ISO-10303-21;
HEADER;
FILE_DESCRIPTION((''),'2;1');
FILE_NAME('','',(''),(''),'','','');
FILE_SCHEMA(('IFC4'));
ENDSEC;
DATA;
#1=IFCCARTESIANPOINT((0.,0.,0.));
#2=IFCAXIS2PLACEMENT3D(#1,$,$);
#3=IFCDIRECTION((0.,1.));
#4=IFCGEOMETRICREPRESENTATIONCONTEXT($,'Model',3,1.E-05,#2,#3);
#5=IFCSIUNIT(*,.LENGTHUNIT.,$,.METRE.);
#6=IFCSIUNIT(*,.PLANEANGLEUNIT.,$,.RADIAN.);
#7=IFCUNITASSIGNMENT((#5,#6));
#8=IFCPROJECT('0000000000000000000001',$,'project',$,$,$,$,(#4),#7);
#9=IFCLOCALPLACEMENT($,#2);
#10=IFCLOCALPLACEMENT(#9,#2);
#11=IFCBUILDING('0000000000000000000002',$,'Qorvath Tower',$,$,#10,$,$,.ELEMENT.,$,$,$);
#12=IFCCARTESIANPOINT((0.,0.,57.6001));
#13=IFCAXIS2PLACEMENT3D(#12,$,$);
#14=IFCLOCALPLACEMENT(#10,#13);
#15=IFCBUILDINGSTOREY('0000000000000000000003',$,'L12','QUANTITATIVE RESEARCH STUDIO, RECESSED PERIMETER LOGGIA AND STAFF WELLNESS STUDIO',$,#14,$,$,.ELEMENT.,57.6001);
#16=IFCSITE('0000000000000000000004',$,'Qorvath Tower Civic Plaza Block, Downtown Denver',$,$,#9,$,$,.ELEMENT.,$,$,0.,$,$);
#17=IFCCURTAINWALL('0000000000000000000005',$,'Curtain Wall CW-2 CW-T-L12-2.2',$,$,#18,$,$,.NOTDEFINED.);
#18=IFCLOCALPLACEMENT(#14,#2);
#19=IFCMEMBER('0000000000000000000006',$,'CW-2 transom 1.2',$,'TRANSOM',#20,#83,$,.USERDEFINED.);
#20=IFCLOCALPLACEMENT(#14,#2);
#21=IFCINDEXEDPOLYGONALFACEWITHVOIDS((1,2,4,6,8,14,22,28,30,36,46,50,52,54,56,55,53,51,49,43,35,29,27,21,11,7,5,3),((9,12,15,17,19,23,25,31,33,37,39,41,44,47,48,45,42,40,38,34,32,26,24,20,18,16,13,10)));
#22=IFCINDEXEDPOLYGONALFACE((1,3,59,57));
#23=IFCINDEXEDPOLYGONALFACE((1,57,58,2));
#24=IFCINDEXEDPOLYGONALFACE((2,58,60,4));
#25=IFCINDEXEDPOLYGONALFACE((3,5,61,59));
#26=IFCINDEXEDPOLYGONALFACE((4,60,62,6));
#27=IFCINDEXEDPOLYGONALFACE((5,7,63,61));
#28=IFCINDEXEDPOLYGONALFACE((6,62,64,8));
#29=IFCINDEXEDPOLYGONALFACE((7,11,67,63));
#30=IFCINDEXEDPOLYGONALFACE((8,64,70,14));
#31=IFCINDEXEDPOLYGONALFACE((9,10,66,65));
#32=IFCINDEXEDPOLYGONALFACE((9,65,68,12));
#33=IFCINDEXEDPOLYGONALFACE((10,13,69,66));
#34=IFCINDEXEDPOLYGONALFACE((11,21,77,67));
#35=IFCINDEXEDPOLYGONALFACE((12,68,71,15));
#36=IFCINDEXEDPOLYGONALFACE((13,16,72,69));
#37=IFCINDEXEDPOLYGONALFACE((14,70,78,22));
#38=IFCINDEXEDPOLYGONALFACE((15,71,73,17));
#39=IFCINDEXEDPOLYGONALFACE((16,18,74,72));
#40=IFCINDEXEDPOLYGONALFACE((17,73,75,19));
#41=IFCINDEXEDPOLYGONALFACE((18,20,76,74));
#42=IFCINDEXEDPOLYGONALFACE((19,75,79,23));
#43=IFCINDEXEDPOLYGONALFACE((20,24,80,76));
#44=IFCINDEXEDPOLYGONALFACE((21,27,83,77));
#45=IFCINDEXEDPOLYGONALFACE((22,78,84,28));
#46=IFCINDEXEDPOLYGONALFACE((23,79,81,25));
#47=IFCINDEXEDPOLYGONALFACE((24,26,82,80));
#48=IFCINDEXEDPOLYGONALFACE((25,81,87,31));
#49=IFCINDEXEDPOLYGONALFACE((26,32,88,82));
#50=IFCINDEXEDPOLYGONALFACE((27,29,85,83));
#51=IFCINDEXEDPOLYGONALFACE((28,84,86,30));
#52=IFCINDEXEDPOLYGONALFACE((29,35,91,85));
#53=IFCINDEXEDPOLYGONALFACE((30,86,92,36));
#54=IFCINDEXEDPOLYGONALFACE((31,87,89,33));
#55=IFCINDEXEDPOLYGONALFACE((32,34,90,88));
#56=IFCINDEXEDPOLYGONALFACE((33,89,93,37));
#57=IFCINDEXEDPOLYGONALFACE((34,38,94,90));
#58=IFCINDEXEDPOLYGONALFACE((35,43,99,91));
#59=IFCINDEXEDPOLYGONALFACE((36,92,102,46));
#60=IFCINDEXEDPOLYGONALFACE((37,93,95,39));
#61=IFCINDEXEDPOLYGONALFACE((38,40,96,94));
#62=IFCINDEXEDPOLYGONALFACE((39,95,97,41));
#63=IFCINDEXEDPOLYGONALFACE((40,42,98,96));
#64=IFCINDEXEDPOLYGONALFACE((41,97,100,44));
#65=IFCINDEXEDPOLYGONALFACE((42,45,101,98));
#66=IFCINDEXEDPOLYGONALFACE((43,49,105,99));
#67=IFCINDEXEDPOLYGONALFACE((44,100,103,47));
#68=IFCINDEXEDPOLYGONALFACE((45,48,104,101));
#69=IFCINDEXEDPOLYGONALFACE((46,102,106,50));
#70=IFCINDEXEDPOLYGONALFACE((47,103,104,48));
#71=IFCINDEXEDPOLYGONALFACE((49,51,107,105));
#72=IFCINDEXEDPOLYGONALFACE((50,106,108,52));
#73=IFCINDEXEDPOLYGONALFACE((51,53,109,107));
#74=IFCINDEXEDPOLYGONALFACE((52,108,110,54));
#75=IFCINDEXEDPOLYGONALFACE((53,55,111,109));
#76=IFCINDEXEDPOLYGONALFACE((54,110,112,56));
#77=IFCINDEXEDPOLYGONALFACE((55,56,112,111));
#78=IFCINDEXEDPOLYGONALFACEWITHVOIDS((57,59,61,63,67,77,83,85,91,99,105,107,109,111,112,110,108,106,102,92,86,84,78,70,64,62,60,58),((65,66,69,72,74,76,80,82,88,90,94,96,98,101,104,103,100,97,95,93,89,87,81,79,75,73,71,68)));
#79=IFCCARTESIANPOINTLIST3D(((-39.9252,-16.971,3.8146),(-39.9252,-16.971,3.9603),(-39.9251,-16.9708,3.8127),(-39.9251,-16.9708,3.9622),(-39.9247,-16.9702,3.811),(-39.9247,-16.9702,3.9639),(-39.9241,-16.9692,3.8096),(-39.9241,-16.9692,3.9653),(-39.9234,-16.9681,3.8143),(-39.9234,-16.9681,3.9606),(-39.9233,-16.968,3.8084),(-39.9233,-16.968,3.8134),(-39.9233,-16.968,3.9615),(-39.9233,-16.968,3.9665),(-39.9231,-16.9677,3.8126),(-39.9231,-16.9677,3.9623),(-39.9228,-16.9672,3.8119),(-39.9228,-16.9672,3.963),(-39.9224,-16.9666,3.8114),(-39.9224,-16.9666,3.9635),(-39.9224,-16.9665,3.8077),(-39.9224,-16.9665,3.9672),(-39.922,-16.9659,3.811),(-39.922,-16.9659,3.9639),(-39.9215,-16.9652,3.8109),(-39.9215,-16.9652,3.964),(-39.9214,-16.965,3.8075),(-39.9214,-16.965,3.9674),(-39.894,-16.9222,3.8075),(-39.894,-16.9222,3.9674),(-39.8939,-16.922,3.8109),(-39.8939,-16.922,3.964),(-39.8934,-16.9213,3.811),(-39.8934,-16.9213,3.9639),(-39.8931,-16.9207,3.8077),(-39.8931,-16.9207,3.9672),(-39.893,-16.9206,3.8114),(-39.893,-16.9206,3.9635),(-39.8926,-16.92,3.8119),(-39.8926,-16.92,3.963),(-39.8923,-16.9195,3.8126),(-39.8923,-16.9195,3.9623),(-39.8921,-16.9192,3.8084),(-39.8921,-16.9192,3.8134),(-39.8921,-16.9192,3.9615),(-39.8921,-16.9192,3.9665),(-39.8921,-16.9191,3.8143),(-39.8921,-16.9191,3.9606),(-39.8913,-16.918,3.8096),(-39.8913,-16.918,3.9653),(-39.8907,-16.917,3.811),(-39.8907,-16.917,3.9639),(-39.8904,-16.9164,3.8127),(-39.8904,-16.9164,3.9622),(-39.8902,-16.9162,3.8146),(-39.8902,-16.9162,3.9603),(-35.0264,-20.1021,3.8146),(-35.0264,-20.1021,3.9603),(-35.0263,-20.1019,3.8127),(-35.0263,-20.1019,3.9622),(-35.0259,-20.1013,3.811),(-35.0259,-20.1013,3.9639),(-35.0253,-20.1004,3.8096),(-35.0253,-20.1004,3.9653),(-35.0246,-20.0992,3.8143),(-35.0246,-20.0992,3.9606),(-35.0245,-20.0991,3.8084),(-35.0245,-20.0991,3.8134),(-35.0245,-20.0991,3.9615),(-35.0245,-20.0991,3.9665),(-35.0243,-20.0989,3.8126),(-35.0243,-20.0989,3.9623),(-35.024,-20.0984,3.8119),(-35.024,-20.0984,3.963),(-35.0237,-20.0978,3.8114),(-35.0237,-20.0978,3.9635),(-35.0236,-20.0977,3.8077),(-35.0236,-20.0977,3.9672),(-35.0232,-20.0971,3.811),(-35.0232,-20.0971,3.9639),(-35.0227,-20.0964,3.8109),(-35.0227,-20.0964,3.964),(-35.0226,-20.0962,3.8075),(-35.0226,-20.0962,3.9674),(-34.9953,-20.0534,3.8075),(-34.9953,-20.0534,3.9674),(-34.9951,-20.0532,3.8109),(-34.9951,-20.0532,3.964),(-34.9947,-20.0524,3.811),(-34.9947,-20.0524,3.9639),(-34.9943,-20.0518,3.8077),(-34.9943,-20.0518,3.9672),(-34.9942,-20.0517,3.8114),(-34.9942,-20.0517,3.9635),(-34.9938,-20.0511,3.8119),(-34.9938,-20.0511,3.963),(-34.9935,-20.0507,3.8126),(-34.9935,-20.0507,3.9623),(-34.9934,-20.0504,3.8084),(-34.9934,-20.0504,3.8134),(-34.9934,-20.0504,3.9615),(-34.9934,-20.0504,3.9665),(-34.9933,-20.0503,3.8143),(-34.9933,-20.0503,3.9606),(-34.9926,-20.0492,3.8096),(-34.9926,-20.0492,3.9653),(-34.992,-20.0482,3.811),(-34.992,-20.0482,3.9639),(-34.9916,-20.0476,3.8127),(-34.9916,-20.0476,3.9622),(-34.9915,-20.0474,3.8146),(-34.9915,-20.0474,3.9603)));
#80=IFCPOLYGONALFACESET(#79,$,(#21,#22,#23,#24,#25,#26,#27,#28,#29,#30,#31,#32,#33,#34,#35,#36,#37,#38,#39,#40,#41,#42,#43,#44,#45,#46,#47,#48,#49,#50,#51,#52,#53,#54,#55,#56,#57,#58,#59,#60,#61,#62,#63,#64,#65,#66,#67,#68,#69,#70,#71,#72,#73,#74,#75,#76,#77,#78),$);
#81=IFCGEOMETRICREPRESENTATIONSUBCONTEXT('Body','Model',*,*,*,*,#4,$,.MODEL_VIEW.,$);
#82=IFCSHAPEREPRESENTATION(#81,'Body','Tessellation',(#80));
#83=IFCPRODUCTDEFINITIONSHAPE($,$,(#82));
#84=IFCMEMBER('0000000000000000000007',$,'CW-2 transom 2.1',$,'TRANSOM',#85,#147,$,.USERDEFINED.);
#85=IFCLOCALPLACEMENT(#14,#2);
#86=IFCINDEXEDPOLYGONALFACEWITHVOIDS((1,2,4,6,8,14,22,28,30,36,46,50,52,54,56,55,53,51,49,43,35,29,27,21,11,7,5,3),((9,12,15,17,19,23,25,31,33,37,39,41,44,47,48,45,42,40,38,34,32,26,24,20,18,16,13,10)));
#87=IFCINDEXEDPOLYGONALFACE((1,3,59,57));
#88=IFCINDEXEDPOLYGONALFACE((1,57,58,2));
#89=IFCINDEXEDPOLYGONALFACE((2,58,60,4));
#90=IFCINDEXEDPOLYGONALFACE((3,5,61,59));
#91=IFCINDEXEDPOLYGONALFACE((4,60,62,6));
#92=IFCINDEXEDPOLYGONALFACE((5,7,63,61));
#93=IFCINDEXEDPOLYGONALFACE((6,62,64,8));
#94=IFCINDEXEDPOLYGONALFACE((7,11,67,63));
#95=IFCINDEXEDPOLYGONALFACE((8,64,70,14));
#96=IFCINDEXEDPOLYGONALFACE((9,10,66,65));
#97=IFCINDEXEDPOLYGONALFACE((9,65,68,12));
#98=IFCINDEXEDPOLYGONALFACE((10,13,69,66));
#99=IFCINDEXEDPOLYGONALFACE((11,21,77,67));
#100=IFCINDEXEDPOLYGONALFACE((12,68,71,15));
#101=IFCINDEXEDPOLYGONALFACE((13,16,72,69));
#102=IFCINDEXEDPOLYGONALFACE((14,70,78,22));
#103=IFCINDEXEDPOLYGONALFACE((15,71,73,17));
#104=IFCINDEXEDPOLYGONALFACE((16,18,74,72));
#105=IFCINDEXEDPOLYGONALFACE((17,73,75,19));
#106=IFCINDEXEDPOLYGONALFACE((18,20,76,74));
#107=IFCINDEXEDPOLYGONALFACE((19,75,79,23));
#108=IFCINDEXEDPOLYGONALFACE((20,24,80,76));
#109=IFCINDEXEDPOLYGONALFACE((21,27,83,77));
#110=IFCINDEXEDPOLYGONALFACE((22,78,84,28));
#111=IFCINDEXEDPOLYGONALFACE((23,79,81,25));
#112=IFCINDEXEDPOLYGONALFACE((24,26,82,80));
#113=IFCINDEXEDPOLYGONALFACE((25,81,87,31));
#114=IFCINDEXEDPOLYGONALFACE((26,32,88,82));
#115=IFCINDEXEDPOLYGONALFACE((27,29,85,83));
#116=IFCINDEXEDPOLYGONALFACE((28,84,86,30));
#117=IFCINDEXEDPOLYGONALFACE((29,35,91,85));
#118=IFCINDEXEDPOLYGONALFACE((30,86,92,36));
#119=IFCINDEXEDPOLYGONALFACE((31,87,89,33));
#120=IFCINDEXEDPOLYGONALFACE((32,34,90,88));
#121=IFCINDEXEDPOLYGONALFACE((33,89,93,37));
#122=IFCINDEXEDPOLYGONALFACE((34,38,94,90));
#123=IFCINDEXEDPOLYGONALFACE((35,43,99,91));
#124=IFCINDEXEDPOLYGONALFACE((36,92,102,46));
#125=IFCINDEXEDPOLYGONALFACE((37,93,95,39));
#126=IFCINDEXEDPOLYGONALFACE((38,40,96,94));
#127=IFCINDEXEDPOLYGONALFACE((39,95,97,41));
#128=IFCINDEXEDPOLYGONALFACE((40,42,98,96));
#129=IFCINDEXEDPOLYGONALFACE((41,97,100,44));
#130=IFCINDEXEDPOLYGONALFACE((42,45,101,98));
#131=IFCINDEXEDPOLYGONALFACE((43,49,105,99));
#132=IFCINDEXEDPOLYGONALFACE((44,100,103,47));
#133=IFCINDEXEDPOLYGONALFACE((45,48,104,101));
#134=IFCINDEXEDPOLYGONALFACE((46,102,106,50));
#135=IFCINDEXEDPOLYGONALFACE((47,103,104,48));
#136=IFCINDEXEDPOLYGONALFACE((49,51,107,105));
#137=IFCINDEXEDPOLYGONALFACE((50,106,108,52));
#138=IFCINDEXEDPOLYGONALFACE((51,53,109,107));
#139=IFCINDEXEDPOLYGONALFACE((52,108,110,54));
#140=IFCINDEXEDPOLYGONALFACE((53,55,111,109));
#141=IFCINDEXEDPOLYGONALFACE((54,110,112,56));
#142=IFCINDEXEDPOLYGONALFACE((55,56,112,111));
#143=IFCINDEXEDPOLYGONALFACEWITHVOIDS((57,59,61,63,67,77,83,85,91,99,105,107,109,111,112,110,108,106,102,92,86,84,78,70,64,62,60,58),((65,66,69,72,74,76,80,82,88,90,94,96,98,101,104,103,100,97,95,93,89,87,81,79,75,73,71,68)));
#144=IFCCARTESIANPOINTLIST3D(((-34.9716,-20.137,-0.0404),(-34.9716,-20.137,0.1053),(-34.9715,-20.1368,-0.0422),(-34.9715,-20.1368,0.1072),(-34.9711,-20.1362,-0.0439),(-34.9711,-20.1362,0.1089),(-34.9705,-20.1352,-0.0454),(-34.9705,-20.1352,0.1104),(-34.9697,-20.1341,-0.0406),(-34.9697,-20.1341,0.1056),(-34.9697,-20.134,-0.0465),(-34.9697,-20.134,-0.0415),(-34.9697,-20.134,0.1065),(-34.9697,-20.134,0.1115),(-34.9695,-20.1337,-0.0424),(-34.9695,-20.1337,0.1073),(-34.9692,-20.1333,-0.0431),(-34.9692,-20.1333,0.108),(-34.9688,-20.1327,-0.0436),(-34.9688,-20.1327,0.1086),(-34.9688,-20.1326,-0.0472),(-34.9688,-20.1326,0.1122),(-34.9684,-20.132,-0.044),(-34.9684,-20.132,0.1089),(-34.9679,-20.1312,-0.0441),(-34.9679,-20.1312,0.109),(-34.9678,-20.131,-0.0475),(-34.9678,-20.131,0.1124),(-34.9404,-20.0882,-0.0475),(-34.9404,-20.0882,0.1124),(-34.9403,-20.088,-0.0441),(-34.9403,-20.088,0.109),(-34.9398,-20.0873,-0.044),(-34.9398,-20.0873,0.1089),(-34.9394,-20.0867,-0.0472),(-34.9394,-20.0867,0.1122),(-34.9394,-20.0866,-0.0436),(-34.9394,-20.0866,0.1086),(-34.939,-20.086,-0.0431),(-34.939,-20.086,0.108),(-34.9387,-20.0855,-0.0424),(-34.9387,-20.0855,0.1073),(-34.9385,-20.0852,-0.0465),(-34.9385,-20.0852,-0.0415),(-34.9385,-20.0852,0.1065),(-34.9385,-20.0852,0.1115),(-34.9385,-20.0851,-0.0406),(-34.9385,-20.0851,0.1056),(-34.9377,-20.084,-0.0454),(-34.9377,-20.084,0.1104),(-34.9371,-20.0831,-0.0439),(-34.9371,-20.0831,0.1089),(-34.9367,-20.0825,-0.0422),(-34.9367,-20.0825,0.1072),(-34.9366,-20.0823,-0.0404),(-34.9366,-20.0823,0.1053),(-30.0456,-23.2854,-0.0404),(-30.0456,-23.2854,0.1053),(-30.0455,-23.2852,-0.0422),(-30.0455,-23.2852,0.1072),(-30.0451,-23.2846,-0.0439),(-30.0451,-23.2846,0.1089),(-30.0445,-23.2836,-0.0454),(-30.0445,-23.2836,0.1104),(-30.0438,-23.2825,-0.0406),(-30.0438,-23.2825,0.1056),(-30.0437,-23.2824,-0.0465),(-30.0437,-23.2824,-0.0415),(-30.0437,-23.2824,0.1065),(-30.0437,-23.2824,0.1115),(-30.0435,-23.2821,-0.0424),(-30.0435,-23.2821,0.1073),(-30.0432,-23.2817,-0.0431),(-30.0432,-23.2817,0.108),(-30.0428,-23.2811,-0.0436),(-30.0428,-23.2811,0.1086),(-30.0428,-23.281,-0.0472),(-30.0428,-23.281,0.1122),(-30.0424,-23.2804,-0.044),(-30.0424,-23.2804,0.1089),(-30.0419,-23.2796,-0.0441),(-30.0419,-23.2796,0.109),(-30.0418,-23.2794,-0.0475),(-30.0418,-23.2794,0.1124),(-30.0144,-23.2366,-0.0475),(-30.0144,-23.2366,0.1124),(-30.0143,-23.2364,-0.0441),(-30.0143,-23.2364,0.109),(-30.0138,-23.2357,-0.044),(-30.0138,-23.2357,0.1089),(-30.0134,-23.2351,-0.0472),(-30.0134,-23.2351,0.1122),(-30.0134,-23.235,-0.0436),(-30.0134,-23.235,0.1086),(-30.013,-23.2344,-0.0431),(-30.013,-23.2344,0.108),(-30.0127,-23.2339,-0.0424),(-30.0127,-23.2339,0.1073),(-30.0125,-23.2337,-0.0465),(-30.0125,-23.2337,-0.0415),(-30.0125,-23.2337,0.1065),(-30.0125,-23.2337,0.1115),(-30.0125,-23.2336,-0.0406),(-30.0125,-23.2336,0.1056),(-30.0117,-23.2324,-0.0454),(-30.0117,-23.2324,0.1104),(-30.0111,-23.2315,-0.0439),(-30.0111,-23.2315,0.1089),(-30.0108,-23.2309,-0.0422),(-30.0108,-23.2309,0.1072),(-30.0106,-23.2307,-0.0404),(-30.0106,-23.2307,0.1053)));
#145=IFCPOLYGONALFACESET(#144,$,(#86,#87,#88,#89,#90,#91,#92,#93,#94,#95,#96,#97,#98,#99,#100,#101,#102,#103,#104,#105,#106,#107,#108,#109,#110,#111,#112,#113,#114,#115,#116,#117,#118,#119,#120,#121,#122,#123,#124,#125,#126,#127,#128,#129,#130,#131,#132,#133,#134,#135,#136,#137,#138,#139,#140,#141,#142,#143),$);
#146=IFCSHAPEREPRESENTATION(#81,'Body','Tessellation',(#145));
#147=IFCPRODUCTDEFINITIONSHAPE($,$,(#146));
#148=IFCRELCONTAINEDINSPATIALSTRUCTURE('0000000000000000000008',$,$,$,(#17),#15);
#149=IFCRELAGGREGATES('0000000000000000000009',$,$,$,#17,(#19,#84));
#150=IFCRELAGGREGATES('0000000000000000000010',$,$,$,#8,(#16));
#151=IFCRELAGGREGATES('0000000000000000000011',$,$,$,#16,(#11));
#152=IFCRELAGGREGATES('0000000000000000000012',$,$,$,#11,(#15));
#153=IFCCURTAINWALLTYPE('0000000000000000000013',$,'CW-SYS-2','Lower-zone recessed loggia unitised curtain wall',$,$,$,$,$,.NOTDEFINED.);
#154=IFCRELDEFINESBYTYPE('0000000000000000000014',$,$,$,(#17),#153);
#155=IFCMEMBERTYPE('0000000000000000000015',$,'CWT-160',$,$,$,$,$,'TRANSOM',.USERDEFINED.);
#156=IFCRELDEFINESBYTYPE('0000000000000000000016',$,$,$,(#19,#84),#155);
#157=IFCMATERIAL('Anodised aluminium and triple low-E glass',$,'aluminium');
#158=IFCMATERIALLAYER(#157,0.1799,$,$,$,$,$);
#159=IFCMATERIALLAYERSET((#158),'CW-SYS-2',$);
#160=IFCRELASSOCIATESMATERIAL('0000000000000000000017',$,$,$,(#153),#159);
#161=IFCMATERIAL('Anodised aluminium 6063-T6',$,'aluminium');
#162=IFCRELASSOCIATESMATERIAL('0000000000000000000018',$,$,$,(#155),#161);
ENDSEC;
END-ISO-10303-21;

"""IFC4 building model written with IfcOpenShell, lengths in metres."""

from ifc_helpers import new_model, si_unit, direction, frame, origin, origin_2d, place, context, subcontext, project, spatial, hollow_rectangle, extrude, material, layer, layer_set, material_profile, profile_set, type_object, element, aggregate, save


model = new_model("IFC4")

# Units and contexts
model_context = context("Model", 3, precision=1e-05, world=origin(), true_north=direction((0.0, 1.0)))
body_context = subcontext(model_context, "Body", "Model", "MODEL_VIEW")
ifc_project = project(units=[si_unit("LENGTHUNIT", "METRE"), si_unit("PLANEANGLEUNIT", "RADIAN")], contexts=[model_context])

# Site, building, storey
site_placement = place(None, origin())
site = spatial("IfcSite", under=ifc_project, at=site_placement, Name="Qorvath Tower Civic Plaza Block, Downtown Denver", CompositionType="ELEMENT", RefElevation=0.0)
building_placement = place(site_placement, origin())
building = spatial("IfcBuilding", under=site, at=building_placement, Name="Qorvath Tower", CompositionType="ELEMENT")
storey_placement = place(building_placement, frame((0.0, 0.0, 57.6001)))
storey = spatial("IfcBuildingStorey", under=building, at=storey_placement, Name="L12", Description="QUANTITATIVE RESEARCH STUDIO, RECESSED PERIMETER LOGGIA AND STAFF WELLNESS STUDIO", CompositionType="ELEMENT", Elevation=57.6001)

# Shared definitions
ifc_material_1 = material(Name="Anodised aluminium and triple low-E glass", Category="aluminium")
ifc_layer_1 = layer(ifc_material_1, 0.1799)
ifc_layer_set_1 = layer_set([ifc_layer_1], Name="CW-SYS-2")
curtain_wall_type = type_object("IfcCurtainWallType", Name="CW-SYS-2", Description="Lower-zone recessed loggia unitised curtain wall", PredefinedType="NOTDEFINED", material=ifc_layer_set_1)

# Curtain wall, members
curtain_wall_1_placement = place(storey_placement, origin())
curtain_wall_1 = element("IfcCurtainWall", 1, at=curtain_wall_1_placement, inside=storey, type_object=curtain_wall_type, Name="Curtain Wall CW-2 CW-T-L12-2.2", PredefinedType="NOTDEFINED")
ifc_material_2 = material(Name="Anodised aluminium 6063-T6", Category="aluminium")
ifc_material_profile_1 = material_profile(ifc_material_2, hollow_rectangle(XDim=0.0649, YDim=0.1599, WallThickness=0.0034, InnerFilletRadius=0.0034, OuterFilletRadius=0.0071, at=origin_2d()), Name="CWT 160x65")
ifc_profile_set_1 = profile_set([ifc_material_profile_1], Name="Anodised aluminium 6063-T6")
member_type_1 = type_object("IfcMemberType", Name="CWT-160", ElementType="TRANSOM", PredefinedType="USERDEFINED", material=ifc_profile_set_1)
member_1_placement = place(storey_placement, frame((-39.9077, -16.9436, 3.8875), z_axis=(0.842588, -0.538559, 0.0), x_axis=(0.538559, 0.842588, 0.0)))
member_1 = element("IfcMember", 2, at=member_1_placement, type_object=member_type_1, Name="CW-2 transom 1.2", ObjectType="TRANSOM", PredefinedType="USERDEFINED", context=body_context, shape_type="SweptSolid", body=[
    extrude(hollow_rectangle(XDim=0.0649, YDim=0.1599, WallThickness=0.0034, InnerFilletRadius=0.0034, OuterFilletRadius=0.0071, at=origin_2d()), origin(), (0.0, 0.0, 1.0), 5.814),
])
member_2_placement = place(storey_placement, frame((-34.9541, -20.1096, 0.0325), z_axis=(0.842599, -0.538542, 0.0), x_axis=(0.538542, 0.842599, 0.0)))
member_2 = element("IfcMember", 3, at=member_2_placement, type_object=member_type_1, Name="CW-2 transom 2.1", ObjectType="TRANSOM", PredefinedType="USERDEFINED", context=body_context, shape_type="SweptSolid", body=[
    extrude(hollow_rectangle(XDim=0.0649, YDim=0.1599, WallThickness=0.0034, InnerFilletRadius=0.0034, OuterFilletRadius=0.0071, at=origin_2d()), origin(), (0.0, 0.0, 1.0), 5.8462),
])
aggregate(curtain_wall_1, [member_1, member_2])

save(model, "model.ifc")
